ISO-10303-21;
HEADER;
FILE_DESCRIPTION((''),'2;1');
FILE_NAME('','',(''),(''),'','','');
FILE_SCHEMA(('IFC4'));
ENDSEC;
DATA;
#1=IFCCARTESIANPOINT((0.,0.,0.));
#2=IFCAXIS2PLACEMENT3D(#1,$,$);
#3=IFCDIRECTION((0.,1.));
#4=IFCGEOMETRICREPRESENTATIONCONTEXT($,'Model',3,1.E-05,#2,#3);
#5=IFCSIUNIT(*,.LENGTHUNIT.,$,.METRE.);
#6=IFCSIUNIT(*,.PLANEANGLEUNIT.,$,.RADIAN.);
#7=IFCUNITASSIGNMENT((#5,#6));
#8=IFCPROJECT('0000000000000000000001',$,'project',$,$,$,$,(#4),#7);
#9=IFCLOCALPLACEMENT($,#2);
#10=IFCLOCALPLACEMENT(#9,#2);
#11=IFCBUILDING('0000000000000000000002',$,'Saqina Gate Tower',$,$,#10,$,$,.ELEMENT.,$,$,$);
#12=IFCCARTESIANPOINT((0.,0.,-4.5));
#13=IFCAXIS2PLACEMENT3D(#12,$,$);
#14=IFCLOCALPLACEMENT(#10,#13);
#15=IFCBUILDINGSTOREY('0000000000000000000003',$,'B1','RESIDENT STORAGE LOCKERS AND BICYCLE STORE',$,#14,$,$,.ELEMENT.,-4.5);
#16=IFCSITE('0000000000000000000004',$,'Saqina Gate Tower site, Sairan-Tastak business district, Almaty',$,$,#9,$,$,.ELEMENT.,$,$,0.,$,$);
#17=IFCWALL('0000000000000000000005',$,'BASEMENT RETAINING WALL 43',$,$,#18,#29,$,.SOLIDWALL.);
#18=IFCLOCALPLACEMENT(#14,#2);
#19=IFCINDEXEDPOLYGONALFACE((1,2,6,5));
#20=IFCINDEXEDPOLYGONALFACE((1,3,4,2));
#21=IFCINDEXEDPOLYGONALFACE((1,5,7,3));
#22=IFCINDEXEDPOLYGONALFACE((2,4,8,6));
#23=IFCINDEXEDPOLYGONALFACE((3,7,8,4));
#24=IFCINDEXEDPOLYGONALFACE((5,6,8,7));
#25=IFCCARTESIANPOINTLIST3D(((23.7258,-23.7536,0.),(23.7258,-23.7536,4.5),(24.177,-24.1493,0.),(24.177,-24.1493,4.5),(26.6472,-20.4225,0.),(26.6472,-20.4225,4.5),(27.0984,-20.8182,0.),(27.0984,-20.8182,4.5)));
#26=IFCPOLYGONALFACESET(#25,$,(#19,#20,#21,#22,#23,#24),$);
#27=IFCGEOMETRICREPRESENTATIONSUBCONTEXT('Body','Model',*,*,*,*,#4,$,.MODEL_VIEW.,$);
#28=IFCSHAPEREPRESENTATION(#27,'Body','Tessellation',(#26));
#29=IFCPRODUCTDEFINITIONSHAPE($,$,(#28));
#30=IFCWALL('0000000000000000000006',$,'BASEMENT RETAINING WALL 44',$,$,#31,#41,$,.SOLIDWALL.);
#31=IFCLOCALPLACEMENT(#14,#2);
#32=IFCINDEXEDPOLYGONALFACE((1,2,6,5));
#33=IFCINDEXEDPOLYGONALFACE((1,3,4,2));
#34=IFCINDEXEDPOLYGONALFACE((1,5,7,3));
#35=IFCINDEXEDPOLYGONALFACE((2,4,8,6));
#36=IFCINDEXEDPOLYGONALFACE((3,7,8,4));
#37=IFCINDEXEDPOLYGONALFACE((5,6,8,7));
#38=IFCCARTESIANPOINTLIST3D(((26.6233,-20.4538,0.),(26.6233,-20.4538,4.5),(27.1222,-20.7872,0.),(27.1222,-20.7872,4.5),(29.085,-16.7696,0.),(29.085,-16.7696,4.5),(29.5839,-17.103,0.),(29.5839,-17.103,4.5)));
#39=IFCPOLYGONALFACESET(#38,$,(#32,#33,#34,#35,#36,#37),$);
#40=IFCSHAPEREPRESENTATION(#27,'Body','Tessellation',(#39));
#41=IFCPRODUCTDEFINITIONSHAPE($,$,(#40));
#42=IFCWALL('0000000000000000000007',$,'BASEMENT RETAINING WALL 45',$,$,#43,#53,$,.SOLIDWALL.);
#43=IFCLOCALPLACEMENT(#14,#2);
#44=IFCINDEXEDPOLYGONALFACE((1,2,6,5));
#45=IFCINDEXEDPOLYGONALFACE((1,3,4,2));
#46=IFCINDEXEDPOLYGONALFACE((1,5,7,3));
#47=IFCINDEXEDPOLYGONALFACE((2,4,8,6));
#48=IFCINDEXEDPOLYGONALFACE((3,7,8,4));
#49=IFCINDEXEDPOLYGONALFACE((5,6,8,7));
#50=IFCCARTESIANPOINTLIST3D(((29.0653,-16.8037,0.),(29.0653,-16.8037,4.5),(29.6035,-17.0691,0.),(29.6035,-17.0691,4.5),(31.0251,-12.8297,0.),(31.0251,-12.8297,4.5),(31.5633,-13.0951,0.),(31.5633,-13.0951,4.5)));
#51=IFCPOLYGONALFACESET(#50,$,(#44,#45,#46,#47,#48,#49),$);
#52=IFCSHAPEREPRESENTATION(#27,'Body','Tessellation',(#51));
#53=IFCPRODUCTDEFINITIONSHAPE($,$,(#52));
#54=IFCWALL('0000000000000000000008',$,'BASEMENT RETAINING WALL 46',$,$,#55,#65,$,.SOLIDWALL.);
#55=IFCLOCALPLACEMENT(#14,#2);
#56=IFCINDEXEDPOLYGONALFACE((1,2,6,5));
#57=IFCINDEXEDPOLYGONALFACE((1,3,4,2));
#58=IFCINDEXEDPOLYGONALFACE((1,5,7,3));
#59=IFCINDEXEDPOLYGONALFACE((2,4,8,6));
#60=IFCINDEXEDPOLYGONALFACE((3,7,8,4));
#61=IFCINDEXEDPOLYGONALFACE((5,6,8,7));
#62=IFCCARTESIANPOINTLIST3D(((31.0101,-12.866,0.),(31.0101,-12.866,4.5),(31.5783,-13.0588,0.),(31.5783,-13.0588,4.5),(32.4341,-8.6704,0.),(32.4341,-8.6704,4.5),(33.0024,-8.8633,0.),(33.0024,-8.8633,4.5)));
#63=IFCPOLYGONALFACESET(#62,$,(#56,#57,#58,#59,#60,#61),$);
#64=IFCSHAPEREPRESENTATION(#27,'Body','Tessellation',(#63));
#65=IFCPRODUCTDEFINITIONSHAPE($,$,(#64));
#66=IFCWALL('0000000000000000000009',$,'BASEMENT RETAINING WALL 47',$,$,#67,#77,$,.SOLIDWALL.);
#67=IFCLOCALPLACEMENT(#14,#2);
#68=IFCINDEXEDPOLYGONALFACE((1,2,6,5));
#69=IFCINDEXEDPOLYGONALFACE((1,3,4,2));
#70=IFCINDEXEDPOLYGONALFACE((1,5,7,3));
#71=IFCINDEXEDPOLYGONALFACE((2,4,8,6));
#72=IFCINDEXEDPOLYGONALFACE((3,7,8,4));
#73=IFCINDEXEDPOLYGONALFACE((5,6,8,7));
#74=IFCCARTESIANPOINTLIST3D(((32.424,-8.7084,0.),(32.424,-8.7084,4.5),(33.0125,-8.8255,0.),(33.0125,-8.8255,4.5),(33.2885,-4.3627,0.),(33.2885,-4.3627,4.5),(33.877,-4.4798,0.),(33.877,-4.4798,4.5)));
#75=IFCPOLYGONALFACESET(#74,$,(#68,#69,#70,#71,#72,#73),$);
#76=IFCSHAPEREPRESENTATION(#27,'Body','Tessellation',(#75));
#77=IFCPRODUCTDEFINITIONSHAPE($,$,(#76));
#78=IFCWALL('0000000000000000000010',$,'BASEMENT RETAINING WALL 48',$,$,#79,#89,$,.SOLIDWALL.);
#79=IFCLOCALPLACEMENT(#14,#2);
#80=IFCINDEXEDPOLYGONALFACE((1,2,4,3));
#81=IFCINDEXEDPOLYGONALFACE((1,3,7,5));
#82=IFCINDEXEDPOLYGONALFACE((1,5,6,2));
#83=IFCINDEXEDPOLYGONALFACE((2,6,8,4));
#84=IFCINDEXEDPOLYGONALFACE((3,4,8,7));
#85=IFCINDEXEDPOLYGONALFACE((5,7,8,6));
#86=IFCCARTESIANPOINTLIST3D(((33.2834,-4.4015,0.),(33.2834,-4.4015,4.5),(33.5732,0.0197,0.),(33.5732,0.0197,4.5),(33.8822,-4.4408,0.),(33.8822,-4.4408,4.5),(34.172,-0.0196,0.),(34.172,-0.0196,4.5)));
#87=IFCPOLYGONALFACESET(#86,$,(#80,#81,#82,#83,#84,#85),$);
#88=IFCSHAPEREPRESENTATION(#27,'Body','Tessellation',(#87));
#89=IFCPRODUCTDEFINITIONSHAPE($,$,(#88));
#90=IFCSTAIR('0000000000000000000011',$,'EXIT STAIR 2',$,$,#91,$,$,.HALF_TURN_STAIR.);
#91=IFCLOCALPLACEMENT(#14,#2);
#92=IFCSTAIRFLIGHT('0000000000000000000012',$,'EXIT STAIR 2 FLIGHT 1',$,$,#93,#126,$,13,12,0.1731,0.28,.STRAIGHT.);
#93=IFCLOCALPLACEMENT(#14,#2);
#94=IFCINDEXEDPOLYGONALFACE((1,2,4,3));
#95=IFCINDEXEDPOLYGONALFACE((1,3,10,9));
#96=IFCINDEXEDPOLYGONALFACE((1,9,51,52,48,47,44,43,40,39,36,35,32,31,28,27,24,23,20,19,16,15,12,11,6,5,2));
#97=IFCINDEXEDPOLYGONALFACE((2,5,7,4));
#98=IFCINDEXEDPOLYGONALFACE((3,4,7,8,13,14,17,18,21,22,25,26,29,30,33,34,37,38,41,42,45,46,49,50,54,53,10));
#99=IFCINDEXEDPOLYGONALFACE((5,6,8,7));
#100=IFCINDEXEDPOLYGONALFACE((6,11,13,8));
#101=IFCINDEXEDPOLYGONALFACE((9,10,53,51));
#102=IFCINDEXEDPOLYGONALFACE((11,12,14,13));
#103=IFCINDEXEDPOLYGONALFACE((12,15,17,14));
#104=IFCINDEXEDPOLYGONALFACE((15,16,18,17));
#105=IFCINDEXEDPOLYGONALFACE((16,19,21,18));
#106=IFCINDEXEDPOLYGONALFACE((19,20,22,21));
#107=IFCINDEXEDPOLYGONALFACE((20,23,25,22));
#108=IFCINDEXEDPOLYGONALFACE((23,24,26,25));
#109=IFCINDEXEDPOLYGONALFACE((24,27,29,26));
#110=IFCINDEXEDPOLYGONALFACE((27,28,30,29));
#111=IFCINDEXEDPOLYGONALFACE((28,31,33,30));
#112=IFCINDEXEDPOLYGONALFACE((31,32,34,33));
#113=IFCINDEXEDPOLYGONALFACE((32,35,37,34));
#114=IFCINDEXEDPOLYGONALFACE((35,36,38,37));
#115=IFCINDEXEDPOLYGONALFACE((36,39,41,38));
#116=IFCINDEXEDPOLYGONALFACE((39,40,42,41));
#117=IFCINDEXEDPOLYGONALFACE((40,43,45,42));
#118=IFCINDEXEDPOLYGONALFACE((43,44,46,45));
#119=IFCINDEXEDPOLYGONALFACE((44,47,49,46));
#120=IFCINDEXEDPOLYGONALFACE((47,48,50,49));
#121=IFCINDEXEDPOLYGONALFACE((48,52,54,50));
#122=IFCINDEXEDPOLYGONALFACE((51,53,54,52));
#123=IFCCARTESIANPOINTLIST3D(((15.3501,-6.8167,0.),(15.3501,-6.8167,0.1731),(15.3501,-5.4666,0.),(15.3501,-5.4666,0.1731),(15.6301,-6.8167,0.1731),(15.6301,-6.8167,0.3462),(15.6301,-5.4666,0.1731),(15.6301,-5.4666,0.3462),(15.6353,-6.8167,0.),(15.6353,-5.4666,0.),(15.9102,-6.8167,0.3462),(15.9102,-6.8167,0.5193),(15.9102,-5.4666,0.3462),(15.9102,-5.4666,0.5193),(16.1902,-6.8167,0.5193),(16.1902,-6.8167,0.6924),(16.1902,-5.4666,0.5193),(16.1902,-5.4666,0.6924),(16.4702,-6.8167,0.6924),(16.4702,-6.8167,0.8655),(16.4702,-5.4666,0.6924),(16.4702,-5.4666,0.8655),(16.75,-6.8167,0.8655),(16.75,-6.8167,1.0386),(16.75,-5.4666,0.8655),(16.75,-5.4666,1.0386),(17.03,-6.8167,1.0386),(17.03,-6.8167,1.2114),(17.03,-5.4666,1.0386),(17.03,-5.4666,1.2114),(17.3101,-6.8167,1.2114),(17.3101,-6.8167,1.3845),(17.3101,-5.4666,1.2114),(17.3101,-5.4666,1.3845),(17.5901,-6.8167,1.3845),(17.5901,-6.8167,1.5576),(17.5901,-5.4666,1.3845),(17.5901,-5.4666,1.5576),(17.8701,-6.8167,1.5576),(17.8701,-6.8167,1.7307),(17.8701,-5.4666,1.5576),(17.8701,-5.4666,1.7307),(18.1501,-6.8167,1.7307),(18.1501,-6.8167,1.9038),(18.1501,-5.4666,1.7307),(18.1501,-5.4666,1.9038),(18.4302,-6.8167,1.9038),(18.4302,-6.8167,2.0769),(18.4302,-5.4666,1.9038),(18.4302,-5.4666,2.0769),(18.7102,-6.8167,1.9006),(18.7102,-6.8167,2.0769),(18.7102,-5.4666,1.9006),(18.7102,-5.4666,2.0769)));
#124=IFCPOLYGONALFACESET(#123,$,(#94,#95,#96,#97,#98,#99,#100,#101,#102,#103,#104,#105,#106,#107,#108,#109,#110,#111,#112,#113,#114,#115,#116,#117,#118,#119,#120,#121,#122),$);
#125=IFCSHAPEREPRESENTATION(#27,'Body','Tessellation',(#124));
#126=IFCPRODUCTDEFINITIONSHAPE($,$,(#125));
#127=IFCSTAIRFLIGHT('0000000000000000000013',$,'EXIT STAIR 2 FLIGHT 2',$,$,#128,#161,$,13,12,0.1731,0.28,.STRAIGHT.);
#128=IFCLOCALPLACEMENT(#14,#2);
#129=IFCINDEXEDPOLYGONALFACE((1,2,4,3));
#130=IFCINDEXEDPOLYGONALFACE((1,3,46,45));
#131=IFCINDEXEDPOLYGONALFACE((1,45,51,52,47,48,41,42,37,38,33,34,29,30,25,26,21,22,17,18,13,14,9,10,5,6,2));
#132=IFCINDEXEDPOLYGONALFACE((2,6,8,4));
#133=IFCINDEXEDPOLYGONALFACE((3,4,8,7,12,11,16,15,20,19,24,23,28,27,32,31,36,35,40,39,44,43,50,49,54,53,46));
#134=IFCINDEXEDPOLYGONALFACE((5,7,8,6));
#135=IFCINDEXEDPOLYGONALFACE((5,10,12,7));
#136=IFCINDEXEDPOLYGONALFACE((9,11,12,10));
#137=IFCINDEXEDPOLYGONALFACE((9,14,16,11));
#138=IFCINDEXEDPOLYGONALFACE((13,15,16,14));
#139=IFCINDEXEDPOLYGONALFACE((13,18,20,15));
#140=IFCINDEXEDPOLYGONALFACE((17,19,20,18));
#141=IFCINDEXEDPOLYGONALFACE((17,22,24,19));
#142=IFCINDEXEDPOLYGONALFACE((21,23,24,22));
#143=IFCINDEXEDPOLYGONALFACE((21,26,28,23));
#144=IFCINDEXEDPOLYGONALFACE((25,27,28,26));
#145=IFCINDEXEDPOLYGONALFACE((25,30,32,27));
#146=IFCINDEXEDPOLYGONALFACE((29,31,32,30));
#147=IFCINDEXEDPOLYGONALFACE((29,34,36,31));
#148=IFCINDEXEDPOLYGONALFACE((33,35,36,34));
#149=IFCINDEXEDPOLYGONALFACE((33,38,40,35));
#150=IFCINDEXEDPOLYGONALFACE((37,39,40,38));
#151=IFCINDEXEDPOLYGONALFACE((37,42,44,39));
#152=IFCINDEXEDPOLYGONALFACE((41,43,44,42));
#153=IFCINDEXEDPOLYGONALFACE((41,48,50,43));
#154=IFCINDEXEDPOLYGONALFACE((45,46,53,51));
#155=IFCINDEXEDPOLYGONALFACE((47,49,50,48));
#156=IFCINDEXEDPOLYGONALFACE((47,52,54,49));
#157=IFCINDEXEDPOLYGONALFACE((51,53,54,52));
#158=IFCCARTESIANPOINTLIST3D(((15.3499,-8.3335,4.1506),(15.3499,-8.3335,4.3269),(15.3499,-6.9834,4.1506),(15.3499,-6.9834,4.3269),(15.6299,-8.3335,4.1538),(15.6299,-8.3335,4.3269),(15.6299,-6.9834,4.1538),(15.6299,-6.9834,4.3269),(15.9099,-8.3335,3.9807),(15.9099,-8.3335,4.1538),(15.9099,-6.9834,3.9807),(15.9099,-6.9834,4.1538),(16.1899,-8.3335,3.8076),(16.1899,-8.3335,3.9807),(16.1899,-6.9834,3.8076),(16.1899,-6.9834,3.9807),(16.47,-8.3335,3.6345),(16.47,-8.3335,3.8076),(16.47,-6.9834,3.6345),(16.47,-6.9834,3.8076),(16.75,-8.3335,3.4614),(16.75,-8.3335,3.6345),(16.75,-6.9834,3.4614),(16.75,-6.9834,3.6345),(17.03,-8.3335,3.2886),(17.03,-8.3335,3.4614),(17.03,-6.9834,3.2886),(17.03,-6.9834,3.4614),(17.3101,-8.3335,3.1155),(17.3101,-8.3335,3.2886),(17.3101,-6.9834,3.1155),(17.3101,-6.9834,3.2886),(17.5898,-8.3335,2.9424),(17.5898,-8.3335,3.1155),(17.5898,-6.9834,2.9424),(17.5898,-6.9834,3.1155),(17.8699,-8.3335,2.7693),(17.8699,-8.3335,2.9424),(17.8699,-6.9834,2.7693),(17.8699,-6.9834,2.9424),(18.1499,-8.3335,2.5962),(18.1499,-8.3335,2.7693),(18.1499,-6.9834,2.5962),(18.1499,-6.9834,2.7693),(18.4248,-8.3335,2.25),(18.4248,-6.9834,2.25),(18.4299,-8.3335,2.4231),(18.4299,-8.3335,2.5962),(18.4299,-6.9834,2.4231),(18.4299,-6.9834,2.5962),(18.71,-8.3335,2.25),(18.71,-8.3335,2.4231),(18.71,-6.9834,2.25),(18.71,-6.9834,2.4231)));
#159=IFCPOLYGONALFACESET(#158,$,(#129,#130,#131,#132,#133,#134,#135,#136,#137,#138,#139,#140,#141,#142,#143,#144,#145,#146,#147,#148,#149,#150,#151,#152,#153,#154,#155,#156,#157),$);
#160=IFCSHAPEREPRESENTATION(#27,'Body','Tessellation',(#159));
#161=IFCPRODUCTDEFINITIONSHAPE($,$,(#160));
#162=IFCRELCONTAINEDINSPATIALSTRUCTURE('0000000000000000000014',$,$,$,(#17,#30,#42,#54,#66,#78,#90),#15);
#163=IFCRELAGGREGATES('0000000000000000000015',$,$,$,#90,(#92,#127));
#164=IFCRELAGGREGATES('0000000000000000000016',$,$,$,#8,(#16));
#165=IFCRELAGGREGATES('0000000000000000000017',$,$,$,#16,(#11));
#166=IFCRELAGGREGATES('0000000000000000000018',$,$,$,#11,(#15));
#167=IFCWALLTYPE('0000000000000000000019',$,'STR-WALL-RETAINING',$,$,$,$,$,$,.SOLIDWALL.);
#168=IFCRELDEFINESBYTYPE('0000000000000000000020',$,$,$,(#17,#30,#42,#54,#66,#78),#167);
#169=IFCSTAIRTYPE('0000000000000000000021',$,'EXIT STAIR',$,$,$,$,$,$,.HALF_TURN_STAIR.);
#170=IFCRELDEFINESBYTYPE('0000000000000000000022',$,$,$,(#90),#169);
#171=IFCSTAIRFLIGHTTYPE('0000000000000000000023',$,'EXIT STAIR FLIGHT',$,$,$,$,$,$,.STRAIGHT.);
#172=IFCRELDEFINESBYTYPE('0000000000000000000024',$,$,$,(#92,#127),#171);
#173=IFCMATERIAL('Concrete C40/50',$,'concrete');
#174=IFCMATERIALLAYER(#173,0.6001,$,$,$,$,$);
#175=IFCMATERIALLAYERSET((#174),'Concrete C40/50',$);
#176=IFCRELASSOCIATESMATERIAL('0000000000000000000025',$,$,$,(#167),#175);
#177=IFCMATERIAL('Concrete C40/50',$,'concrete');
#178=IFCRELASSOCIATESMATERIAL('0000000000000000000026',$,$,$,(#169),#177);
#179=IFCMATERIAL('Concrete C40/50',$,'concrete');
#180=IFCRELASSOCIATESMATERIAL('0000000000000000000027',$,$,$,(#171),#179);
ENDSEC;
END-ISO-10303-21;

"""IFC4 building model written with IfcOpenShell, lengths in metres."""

from ifc_helpers import new_model, si_unit, direction, frame, frame_2d, origin, place, context, subcontext, project, spatial, polyline, rectangle, outline, extrude, material, layer, layer_set, type_object, element, aggregate, save


model = new_model("IFC4")

# Units and contexts
model_context = context("Model", 3, precision=1e-05, world=origin(), true_north=direction((0.0, 1.0)))
body_context = subcontext(model_context, "Body", "Model", "MODEL_VIEW")
ifc_project = project(units=[si_unit("LENGTHUNIT", "METRE"), si_unit("PLANEANGLEUNIT", "RADIAN")], contexts=[model_context])

# Site, building, storey
site_placement = place(None, origin())
site = spatial("IfcSite", under=ifc_project, at=site_placement, Name="Saqina Gate Tower site, Sairan-Tastak business district, Almaty", CompositionType="ELEMENT", RefElevation=0.0)
building_placement = place(site_placement, origin())
building = spatial("IfcBuilding", under=site, at=building_placement, Name="Saqina Gate Tower", CompositionType="ELEMENT")
storey_placement = place(building_placement, frame((0.0, 0.0, -4.5)))
storey = spatial("IfcBuildingStorey", under=building, at=storey_placement, Name="B1", Description="RESIDENT STORAGE LOCKERS AND BICYCLE STORE", CompositionType="ELEMENT", Elevation=-4.5)

# Walls
ifc_material_1 = material(Name="Concrete C40/50", Category="concrete")
ifc_layer_1 = layer(ifc_material_1, 0.6001)
ifc_layer_set_1 = layer_set([ifc_layer_1], Name="Concrete C40/50")
wall_type_1 = type_object("IfcWallType", Name="STR-WALL-RETAINING", PredefinedType="SOLIDWALL", material=ifc_layer_set_1)
for number, where, z_axis, x_axis, name in (
    (1, (23.9514, -23.9514, 0.0), (0.0, 0.0, 1.0), (0.659362, 0.751825, 0.0), "BASEMENT RETAINING WALL 43"),
):
    element("IfcWall", number, at=place(storey_placement, frame(where, z_axis=z_axis, x_axis=x_axis)), inside=storey, type_object=wall_type_1, Name=name, PredefinedType="SOLIDWALL", context=body_context, shape_type="SweptSolid", body=[
        extrude(rectangle(XDim=4.4307, YDim=0.6001, at=frame_2d((2.2153, 0.0))), origin(), (0.0, 0.0, 1.0), 4.5),
    ])
for number, where, z_axis, x_axis, name in (
    (2, (26.8728, -20.6204, 0.0), (0.0, 0.0, 1.0), (0.555577, 0.831465, 0.0), "BASEMENT RETAINING WALL 44"),
    (3, (29.3345, -16.9363, 0.0), (0.0, 0.0, 1.0), (0.442292, 0.896871, 0.0), "BASEMENT RETAINING WALL 45"),
):
    element("IfcWall", number, at=place(storey_placement, frame(where, z_axis=z_axis, x_axis=x_axis)), inside=storey, type_object=wall_type_1, Name=name, PredefinedType="SOLIDWALL", context=body_context, shape_type="SweptSolid", body=[
        extrude(rectangle(XDim=4.4309, YDim=0.6001, at=frame_2d((2.2153, 0.0))), origin(), (0.0, 0.0, 1.0), 4.5),
    ])
wall_1_placement = place(storey_placement, frame((31.2942, -12.9624, 0.0), z_axis=(0.0, 0.0, 1.0), x_axis=(0.321414, 0.946939, 0.0)))
element("IfcWall", 4, at=wall_1_placement, inside=storey, type_object=wall_type_1, Name="BASEMENT RETAINING WALL 46", PredefinedType="SOLIDWALL", context=body_context, shape_type="SweptSolid", body=[
    extrude(rectangle(XDim=4.4307, YDim=0.6001, at=frame_2d((2.2153, 0.0))), origin(), (0.0, 0.0, 1.0), 4.5),
])
wall_2_placement = place(storey_placement, frame((32.7183, -8.7668, 0.0), z_axis=(0.0, 0.0, 1.0), x_axis=(0.195109, 0.980781, 0.0)))
element("IfcWall", 5, at=wall_2_placement, inside=storey, type_object=wall_type_1, Name="BASEMENT RETAINING WALL 47", PredefinedType="SOLIDWALL", context=body_context, shape_type="SweptSolid", body=[
    extrude(rectangle(XDim=4.4309, YDim=0.6001, at=frame_2d((2.2153, 0.0))), origin(), (0.0, 0.0, 1.0), 4.5),
])
wall_3_placement = place(storey_placement, frame((33.5828, -4.4211, 0.0), z_axis=(0.0, 0.0, 1.0), x_axis=(0.065407, 0.997859, 0.0)))
element("IfcWall", 6, at=wall_3_placement, inside=storey, type_object=wall_type_1, Name="BASEMENT RETAINING WALL 48", PredefinedType="SOLIDWALL", context=body_context, shape_type="SweptSolid", body=[
    extrude(rectangle(XDim=4.4307, YDim=0.6001, at=frame_2d((2.2153, 0.0))), origin(), (0.0, 0.0, 1.0), 4.5),
])

# Stair, stair flights
ifc_material_2 = material(Name="Concrete C40/50", Category="concrete")
stair_type = type_object("IfcStairType", Name="EXIT STAIR", PredefinedType="HALF_TURN_STAIR", material=ifc_material_2)
stair_placement = place(storey_placement, origin())
stair = element("IfcStair", 7, at=stair_placement, inside=storey, type_object=stair_type, Name="EXIT STAIR 2", PredefinedType="HALF_TURN_STAIR")
ifc_material_3 = material(Name="Concrete C40/50", Category="concrete")
stair_flight_type = type_object("IfcStairFlightType", Name="EXIT STAIR FLIGHT", PredefinedType="STRAIGHT", material=ifc_material_3)
stair_flight_1_placement = place(storey_placement, frame((15.3501, -6.1416, 0.0), z_axis=(0.0, 0.0, 1.0), x_axis=(1.0, 0.0, 0.0)))
stair_flight_1 = element("IfcStairFlight", 8, at=stair_flight_1_placement, type_object=stair_flight_type, Name="EXIT STAIR 2 FLIGHT 1", NumberOfRisers=13, NumberOfTreads=12, PredefinedType="STRAIGHT", RiserHeight=0.1731, TreadLength=0.28, context=body_context, shape_type="SweptSolid", body=[
    extrude(outline(polyline([(0.0, 0.0), (0.0, 0.1731), (0.28, 0.1731), (0.28, 0.3462), (0.5601, 0.3462), (0.5601, 0.5193), (0.8401, 0.5193), (0.8401, 0.6924), (1.1201, 0.6924), (1.1201, 0.8655), (1.3999, 0.8655), (1.3999, 1.0386), (1.6799, 1.0386), (1.6799, 1.2114), (1.96, 1.2114), (1.96, 1.3845), (2.24, 1.3845), (2.24, 1.5576), (2.52, 1.5576), (2.52, 1.7307), (2.8, 1.7307), (2.8, 1.9038), (3.0801, 1.9038), (3.0801, 2.0769), (3.3601, 2.0769), (3.3601, 2.25), (3.3601, 1.9006), (0.2852, 0.0), (0.0, 0.0)])), frame((0.0, 0.675, 0.0), z_axis=(0.0, -1.0, 0.0), x_axis=(1.0, 0.0, 0.0)), (0.0, 0.0, 1.0), 1.3501),
])
stair_flight_2_placement = place(storey_placement, frame((18.71, -7.6584, 2.25), z_axis=(0.0, 0.0, 1.0), x_axis=(-1.0, 0.0, 0.0)))
stair_flight_2 = element("IfcStairFlight", 9, at=stair_flight_2_placement, type_object=stair_flight_type, Name="EXIT STAIR 2 FLIGHT 2", NumberOfRisers=13, NumberOfTreads=12, PredefinedType="STRAIGHT", RiserHeight=0.1731, TreadLength=0.28, context=body_context, shape_type="SweptSolid", body=[
    extrude(outline(polyline([(0.0, 0.0), (0.0, 0.1731), (0.28, 0.1731), (0.28, 0.3462), (0.5601, 0.3462), (0.5601, 0.5193), (0.8401, 0.5193), (0.8401, 0.6924), (1.1201, 0.6924), (1.1201, 0.8655), (1.3999, 0.8655), (1.3999, 1.0386), (1.6799, 1.0386), (1.6799, 1.2114), (1.96, 1.2114), (1.96, 1.3845), (2.24, 1.3845), (2.24, 1.5576), (2.52, 1.5576), (2.52, 1.7307), (2.8, 1.7307), (2.8, 1.9038), (3.0801, 1.9038), (3.0801, 2.0769), (3.3601, 2.0769), (3.3601, 2.25), (3.3601, 1.9006), (0.2852, 0.0), (0.0, 0.0)])), frame((0.0, 0.675, 0.0), z_axis=(0.0, -1.0, 0.0), x_axis=(1.0, 0.0, 0.0)), (0.0, 0.0, 1.0), 1.3501),
])
aggregate(stair, [stair_flight_1, stair_flight_2])

save(model, "model.ifc")
